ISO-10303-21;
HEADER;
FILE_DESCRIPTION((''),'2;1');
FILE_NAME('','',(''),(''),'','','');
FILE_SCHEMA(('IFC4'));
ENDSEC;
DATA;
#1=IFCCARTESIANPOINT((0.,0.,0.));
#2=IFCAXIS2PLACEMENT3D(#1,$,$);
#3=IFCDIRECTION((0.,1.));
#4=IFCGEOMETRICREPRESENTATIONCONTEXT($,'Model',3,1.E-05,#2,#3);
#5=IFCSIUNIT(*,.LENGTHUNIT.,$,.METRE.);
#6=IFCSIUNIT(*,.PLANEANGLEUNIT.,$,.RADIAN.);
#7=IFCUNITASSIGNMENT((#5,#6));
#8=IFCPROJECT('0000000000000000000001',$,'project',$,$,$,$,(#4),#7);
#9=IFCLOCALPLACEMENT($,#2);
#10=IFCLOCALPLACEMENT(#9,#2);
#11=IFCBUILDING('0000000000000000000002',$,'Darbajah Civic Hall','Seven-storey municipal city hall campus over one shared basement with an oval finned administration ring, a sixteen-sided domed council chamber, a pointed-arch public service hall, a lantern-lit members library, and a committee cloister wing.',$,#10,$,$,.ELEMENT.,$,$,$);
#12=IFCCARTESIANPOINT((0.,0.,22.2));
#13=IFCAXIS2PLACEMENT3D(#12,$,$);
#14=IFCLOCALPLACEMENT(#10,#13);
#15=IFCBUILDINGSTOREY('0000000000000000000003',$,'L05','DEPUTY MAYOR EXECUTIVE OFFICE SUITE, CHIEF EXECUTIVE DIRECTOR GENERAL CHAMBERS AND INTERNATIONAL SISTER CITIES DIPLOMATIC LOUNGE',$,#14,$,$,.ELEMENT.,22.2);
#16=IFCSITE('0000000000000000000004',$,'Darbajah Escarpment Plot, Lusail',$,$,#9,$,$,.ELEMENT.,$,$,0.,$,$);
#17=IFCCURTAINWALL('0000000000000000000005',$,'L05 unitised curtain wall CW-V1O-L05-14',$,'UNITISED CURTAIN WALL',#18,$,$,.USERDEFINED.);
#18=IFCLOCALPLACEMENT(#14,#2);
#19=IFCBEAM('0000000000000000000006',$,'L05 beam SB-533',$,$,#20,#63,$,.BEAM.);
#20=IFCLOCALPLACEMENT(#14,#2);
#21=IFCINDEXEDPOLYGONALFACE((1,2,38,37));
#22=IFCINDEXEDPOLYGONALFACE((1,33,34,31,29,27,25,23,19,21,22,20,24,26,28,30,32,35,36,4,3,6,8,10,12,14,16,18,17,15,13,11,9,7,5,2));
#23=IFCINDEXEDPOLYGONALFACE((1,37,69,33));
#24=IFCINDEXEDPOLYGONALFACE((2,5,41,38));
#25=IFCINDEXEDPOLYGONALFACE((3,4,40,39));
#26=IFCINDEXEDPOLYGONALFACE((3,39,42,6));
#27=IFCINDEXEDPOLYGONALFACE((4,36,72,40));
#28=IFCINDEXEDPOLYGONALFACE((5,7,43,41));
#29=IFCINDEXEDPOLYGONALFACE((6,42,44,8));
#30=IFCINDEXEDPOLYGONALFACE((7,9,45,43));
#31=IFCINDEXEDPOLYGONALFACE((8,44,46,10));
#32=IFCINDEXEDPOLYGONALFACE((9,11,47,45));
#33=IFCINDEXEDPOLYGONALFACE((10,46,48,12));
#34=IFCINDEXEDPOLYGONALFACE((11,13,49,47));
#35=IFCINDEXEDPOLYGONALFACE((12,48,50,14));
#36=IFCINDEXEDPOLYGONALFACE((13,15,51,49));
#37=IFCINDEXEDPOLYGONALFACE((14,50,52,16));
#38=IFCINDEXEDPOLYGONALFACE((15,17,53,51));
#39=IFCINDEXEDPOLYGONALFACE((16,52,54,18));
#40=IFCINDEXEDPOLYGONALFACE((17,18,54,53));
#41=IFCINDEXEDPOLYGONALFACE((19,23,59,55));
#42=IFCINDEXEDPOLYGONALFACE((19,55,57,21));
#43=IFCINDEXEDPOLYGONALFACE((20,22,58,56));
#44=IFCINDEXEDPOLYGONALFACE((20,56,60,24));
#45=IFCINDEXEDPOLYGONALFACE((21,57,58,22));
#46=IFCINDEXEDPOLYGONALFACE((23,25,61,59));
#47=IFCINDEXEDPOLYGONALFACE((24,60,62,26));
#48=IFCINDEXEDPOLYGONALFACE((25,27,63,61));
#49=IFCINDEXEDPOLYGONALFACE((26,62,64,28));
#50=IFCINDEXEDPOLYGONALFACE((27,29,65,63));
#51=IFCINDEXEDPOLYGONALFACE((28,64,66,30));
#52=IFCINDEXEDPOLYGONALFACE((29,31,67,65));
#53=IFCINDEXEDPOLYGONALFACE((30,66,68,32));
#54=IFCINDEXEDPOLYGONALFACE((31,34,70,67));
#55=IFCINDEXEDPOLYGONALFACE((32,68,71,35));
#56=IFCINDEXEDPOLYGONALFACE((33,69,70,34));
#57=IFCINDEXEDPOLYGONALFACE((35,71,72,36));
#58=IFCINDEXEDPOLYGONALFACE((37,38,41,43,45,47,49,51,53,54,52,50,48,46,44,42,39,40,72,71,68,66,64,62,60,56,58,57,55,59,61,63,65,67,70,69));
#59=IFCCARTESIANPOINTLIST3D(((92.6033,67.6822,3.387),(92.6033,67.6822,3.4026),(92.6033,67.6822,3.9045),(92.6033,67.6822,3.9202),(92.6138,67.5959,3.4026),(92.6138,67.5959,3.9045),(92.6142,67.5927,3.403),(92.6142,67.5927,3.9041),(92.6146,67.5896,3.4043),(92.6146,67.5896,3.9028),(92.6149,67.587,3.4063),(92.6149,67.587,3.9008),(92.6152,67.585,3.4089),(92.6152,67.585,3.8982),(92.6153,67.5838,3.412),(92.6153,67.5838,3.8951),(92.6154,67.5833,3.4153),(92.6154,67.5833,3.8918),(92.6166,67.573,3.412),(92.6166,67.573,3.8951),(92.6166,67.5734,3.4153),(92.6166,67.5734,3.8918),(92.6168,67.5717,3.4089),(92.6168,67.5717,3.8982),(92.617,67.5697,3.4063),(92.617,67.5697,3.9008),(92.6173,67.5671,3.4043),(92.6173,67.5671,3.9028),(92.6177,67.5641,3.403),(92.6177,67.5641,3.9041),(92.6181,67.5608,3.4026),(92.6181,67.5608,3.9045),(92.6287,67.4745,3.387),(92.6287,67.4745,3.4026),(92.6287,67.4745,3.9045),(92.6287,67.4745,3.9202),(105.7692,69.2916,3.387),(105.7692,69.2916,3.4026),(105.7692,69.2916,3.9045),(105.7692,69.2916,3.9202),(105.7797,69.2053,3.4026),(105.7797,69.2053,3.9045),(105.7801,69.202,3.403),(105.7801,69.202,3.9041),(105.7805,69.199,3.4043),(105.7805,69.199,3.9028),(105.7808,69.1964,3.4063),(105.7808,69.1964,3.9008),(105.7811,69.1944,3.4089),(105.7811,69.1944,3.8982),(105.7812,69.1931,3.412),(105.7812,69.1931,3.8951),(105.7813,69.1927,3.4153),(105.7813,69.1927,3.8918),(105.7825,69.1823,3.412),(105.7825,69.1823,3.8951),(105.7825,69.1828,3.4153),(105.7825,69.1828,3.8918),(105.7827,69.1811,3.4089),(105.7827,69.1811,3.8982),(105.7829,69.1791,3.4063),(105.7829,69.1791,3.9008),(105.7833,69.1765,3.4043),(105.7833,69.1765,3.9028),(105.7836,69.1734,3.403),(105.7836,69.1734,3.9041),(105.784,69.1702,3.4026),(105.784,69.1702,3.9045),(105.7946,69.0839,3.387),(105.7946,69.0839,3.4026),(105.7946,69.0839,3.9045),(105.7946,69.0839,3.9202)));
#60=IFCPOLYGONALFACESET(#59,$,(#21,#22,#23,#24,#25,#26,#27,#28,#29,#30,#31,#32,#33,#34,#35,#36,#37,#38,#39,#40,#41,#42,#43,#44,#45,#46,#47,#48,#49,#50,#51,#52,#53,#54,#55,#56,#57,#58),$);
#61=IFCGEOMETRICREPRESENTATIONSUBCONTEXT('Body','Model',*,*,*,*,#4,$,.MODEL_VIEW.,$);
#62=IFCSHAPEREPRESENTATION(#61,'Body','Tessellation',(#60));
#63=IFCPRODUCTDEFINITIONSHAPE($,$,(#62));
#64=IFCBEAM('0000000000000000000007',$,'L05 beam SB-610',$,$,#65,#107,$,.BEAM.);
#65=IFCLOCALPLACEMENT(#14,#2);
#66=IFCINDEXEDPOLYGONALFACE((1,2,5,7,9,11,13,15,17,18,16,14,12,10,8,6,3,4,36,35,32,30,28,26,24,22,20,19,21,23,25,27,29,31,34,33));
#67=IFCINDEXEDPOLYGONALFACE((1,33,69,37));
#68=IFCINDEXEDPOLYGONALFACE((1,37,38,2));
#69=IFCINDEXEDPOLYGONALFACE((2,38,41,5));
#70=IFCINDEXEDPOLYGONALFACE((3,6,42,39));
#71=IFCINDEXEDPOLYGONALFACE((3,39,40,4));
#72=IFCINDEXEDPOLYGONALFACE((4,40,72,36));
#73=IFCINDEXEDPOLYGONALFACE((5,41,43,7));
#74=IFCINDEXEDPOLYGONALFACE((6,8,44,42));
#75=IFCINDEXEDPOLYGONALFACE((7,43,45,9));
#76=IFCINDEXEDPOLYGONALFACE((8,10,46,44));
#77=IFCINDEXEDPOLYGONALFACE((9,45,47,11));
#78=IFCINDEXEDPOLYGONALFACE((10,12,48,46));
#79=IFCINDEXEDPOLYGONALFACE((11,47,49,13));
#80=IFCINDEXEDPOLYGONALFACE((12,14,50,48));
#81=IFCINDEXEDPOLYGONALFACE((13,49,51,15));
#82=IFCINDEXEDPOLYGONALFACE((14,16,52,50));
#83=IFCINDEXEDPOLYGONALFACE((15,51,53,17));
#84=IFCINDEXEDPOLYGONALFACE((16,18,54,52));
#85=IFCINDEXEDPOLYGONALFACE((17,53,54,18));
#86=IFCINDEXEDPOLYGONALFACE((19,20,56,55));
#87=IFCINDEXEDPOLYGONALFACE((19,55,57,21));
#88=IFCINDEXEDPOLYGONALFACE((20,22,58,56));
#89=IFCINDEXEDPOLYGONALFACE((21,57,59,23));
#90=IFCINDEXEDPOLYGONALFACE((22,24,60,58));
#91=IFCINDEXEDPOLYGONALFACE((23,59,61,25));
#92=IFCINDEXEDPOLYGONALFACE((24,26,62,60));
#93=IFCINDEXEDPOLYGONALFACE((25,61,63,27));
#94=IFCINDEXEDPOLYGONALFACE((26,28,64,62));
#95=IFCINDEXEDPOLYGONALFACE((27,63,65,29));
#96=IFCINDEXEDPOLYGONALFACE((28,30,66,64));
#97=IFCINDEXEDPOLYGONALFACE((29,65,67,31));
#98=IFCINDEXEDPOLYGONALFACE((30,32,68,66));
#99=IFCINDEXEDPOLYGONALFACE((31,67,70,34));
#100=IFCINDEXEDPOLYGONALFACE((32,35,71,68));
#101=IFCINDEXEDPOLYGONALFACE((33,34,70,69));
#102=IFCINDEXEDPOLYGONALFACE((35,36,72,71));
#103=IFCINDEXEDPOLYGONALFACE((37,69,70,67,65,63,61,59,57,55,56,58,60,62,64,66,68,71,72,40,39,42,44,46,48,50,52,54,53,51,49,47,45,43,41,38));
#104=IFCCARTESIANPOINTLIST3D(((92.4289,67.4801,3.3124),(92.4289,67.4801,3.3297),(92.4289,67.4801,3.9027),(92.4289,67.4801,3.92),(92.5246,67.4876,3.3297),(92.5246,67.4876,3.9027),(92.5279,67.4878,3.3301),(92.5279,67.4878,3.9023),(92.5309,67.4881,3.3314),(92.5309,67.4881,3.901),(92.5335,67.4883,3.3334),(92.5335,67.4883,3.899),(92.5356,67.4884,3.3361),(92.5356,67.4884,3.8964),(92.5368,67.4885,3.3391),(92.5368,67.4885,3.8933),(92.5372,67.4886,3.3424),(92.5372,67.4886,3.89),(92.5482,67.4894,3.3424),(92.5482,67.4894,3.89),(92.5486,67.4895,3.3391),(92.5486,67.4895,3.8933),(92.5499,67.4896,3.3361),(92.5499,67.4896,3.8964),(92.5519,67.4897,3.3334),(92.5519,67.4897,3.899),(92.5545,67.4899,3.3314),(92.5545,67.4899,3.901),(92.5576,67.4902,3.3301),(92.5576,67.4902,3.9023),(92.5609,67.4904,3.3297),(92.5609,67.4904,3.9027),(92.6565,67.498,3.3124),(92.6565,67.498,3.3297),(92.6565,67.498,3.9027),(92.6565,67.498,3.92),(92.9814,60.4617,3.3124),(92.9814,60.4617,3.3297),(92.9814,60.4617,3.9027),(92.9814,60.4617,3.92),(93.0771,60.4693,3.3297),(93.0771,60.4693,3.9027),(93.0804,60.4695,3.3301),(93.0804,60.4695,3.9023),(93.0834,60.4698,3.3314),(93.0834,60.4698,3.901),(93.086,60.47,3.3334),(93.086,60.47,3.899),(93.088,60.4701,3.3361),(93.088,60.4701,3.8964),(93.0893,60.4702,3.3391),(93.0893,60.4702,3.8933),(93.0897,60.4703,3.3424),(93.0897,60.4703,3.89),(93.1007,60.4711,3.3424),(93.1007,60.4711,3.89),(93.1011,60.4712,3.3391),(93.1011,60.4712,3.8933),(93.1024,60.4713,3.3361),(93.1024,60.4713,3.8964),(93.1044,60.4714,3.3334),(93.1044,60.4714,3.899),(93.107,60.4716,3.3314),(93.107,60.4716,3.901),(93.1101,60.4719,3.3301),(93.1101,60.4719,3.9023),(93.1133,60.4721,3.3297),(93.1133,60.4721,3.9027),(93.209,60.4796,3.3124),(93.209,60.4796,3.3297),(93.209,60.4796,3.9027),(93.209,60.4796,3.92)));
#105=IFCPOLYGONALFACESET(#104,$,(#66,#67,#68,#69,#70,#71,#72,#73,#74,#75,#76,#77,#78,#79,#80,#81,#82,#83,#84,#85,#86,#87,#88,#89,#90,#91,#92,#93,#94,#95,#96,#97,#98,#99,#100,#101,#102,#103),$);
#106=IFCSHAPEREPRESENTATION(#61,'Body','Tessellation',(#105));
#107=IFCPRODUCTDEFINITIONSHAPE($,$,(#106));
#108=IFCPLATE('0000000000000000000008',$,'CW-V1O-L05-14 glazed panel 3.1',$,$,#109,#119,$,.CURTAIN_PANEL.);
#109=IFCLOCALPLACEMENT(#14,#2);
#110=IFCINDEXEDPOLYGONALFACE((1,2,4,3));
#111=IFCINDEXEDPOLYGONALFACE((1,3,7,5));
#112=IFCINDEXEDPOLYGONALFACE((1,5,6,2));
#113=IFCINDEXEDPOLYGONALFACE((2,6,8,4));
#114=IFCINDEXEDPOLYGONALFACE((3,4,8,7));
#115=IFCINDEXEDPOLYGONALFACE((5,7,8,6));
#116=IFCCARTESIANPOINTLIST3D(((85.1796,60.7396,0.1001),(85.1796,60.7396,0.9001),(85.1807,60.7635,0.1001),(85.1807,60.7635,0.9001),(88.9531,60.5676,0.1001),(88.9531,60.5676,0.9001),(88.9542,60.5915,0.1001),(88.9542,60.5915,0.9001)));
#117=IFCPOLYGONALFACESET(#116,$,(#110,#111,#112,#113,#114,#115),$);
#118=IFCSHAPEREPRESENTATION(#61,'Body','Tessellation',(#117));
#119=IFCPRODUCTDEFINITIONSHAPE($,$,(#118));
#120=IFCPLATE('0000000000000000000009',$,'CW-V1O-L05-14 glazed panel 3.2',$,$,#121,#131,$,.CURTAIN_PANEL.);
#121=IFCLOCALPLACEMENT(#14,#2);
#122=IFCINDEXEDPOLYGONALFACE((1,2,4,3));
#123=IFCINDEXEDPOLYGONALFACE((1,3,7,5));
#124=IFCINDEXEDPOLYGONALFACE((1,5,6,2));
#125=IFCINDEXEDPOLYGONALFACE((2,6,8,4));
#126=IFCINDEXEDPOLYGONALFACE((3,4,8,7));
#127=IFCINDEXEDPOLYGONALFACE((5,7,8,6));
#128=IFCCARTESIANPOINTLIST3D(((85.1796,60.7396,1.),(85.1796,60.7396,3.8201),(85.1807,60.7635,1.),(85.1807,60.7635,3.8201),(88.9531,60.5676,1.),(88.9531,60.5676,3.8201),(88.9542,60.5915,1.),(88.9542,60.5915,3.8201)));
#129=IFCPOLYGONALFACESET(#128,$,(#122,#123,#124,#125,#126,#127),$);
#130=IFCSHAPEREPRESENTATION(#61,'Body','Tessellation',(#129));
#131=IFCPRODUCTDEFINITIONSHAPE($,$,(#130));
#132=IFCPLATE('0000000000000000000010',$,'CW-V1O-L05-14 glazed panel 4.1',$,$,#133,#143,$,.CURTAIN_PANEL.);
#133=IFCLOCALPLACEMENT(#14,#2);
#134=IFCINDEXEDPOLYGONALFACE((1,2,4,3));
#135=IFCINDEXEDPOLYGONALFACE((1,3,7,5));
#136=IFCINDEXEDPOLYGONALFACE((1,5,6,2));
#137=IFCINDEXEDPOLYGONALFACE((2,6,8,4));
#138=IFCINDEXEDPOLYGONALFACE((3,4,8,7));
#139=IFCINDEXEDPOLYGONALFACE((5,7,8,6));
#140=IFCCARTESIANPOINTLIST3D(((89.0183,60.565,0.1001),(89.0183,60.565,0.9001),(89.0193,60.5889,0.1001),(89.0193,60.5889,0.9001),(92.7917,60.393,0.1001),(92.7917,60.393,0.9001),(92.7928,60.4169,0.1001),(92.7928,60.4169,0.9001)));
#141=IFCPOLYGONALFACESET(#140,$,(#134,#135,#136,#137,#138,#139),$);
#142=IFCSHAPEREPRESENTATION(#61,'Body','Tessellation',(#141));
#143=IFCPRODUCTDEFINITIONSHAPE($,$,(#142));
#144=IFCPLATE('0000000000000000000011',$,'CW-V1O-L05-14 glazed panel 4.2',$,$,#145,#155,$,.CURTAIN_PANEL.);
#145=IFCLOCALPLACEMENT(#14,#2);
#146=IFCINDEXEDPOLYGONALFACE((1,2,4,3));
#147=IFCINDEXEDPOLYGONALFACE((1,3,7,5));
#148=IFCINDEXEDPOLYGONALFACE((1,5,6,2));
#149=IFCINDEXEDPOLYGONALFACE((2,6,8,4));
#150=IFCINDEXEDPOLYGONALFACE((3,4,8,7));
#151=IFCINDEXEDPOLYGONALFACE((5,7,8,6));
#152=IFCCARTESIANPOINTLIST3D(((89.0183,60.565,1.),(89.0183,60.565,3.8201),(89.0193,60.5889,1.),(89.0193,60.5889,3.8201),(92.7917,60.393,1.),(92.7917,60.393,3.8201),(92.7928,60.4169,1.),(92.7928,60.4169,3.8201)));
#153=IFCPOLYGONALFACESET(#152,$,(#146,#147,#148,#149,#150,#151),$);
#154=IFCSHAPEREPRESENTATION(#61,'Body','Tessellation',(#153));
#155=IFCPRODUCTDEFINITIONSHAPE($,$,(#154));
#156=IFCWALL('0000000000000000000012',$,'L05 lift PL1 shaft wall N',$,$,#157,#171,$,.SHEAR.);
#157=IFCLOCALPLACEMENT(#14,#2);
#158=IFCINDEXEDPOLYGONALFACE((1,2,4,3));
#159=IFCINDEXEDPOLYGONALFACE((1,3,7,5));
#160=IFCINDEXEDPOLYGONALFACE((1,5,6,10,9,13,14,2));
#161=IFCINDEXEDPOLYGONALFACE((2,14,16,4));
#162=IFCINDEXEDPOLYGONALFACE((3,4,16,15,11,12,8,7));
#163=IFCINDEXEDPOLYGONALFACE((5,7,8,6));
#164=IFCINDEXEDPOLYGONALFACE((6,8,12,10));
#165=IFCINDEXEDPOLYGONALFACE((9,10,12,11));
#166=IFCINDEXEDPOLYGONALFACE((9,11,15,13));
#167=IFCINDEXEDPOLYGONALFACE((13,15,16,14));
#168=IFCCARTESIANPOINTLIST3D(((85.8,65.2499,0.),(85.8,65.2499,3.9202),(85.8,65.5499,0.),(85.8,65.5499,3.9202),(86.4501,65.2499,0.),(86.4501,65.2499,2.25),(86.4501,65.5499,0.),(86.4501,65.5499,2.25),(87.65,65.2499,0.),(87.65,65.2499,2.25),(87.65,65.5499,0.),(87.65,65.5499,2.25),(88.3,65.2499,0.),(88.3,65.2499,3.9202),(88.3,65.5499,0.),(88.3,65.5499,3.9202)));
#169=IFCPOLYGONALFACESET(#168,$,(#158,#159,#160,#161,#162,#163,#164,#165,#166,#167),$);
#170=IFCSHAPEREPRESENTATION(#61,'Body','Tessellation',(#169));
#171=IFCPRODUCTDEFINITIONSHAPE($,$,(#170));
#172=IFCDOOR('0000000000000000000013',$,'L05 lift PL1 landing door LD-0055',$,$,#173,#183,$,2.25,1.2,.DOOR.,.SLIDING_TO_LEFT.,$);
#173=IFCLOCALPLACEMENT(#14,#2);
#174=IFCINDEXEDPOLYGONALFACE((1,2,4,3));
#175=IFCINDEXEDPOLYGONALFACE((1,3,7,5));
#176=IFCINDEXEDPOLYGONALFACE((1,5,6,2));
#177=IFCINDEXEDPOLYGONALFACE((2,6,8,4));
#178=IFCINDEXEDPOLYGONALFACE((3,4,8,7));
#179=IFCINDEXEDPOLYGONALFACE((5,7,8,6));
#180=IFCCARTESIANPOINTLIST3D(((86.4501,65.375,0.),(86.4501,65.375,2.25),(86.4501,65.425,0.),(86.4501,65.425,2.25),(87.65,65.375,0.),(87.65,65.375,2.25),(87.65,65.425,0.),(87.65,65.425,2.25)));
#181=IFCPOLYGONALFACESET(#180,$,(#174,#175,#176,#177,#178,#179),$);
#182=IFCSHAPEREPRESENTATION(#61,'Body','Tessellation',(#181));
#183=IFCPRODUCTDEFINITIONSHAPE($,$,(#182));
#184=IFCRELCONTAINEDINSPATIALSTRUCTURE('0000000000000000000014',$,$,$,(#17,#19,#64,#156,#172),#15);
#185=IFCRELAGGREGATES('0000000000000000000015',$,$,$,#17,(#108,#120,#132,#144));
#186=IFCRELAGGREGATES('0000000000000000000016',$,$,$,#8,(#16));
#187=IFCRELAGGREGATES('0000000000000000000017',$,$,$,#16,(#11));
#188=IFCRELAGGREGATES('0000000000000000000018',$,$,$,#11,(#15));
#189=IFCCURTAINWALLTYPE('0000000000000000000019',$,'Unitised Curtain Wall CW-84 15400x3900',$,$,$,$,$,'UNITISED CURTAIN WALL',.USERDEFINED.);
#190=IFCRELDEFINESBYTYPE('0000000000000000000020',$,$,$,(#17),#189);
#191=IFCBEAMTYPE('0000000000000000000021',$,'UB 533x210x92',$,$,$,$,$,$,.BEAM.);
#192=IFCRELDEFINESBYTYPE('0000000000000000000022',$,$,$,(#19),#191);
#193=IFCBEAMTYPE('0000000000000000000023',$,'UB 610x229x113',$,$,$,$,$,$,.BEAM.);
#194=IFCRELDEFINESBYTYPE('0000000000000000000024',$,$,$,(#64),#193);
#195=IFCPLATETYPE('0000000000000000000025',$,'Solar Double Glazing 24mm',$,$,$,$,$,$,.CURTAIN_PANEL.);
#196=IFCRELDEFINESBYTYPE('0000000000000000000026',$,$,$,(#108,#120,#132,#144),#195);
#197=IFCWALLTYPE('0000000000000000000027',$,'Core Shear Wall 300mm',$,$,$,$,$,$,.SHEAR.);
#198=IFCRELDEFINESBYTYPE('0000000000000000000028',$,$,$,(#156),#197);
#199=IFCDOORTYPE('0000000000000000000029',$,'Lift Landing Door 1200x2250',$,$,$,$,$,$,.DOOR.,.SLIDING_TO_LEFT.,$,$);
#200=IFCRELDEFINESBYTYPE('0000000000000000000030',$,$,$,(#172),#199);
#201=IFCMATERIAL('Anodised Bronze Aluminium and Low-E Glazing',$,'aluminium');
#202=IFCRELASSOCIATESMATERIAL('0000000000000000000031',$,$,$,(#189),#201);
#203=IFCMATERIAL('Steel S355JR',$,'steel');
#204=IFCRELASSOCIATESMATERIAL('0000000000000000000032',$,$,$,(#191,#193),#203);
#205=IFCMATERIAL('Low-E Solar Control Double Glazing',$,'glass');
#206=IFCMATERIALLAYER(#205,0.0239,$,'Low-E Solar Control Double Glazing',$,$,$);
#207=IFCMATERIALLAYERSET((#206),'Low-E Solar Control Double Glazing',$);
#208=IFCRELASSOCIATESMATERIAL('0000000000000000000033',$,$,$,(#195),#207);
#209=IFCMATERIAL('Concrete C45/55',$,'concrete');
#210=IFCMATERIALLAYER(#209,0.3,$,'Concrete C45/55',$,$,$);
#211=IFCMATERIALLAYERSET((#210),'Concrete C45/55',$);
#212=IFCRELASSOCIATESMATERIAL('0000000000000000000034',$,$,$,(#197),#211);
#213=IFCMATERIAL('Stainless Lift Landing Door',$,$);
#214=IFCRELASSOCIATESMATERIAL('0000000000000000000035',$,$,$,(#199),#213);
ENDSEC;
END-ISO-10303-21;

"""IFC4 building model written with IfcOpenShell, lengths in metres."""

from ifc_helpers import new_model, si_unit, direction, frame, frame_2d, origin, origin_2d, place, context, subcontext, project, spatial, rectangle, i_section, extrude, material, layer, layer_set, material_profile, profile_set, type_object, element, fill, aggregate, save


model = new_model("IFC4")

# Units and contexts
model_context = context("Model", 3, precision=1e-05, world=origin(), true_north=direction((0.0, 1.0)))
body_context = subcontext(model_context, "Body", "Model", "MODEL_VIEW")
ifc_project = project(units=[si_unit("LENGTHUNIT", "METRE"), si_unit("PLANEANGLEUNIT", "RADIAN")], contexts=[model_context])

# Site, building, storey
site_placement = place(None, origin())
site = spatial("IfcSite", under=ifc_project, at=site_placement, Name="Darbajah Escarpment Plot, Lusail", CompositionType="ELEMENT", RefElevation=0.0)
building_placement = place(site_placement, origin())
building = spatial("IfcBuilding", under=site, at=building_placement, Name="Darbajah Civic Hall", Description="Seven-storey municipal city hall campus over one shared basement with an oval finned administration ring, a sixteen-sided domed council chamber, a pointed-arch public service hall, a lantern-lit members library, and a committee cloister wing.", CompositionType="ELEMENT")
storey_placement = place(building_placement, frame((0.0, 0.0, 22.2)))
storey = spatial("IfcBuildingStorey", under=building, at=storey_placement, Name="L05", Description="DEPUTY MAYOR EXECUTIVE OFFICE SUITE, CHIEF EXECUTIVE DIRECTOR GENERAL CHAMBERS AND INTERNATIONAL SISTER CITIES DIPLOMATIC LOUNGE", CompositionType="ELEMENT", Elevation=22.2)

# Shared definitions
ifc_material_1 = material(Name="Concrete C45/55", Category="concrete")

# Curtain wall
ifc_material_2 = material(Name="Anodised Bronze Aluminium and Low-E Glazing", Category="aluminium")
curtain_wall_type_1 = type_object("IfcCurtainWallType", Name="Unitised Curtain Wall CW-84 15400x3900", ElementType="UNITISED CURTAIN WALL", PredefinedType="USERDEFINED", material=ifc_material_2)
curtain_wall_1_placement = place(storey_placement, origin())
curtain_wall_1 = element("IfcCurtainWall", 1, at=curtain_wall_1_placement, inside=storey, type_object=curtain_wall_type_1, Name="L05 unitised curtain wall CW-V1O-L05-14", ObjectType="UNITISED CURTAIN WALL", PredefinedType="USERDEFINED")

# Beams
ifc_material_3 = material(Name="Steel S355JR", Category="steel")
ifc_material_profile_1 = material_profile(ifc_material_3, i_section(OverallWidth=0.2092, OverallDepth=0.5332, WebThickness=0.01, FlangeThickness=0.0156, FilletRadius=0.0127, at=origin_2d()), Name="UB 533x210x92")
ifc_profile_set_1 = profile_set([ifc_material_profile_1], Name="Steel S355JR")
beam_type_1 = type_object("IfcBeamType", Name="UB 533x210x92", PredefinedType="BEAM", material=ifc_profile_set_1)
beam_1_placement = place(storey_placement, frame((92.616, 67.5784, 3.6536), z_axis=(0.992612, 0.121334, 0.0), x_axis=(-0.121334, 0.992612, 0.0)))
element("IfcBeam", 2, at=beam_1_placement, inside=storey, type_object=beam_type_1, Name="L05 beam SB-533", PredefinedType="BEAM", context=body_context, shape_type="SweptSolid", body=[
    extrude(i_section(OverallWidth=0.2092, OverallDepth=0.5332, WebThickness=0.01, FlangeThickness=0.0156, FilletRadius=0.0127, at=origin_2d()), origin(), (0.0, 0.0, 1.0), 13.2639),
])
ifc_material_profile_2 = material_profile(ifc_material_3, i_section(OverallWidth=0.2283, OverallDepth=0.6077, WebThickness=0.011, FlangeThickness=0.0173, FilletRadius=0.0127, at=origin_2d()), Name="UB 610x229x113")
ifc_profile_set_2 = profile_set([ifc_material_profile_2], Name="Steel S355JR")
beam_type_2 = type_object("IfcBeamType", Name="UB 610x229x113", PredefinedType="BEAM", material=ifc_profile_set_2)
beam_2_placement = place(storey_placement, frame((92.5427, 67.489, 3.6162), z_axis=(0.078478, -0.996916, 0.0), x_axis=(0.996916, 0.078478, 0.0)))
element("IfcBeam", 3, at=beam_2_placement, inside=storey, type_object=beam_type_2, Name="L05 beam SB-610", PredefinedType="BEAM", context=body_context, shape_type="SweptSolid", body=[
    extrude(i_section(OverallWidth=0.2283, OverallDepth=0.6077, WebThickness=0.011, FlangeThickness=0.0173, FilletRadius=0.0127, at=origin_2d()), origin(), (0.0, 0.0, 1.0), 7.04),
])

# Plates
ifc_material_4 = material(Name="Low-E Solar Control Double Glazing", Category="glass")
ifc_layer_1 = layer(ifc_material_4, 0.0239, Name="Low-E Solar Control Double Glazing")
ifc_layer_set_1 = layer_set([ifc_layer_1], Name="Low-E Solar Control Double Glazing")
plate_type = type_object("IfcPlateType", Name="Solar Double Glazing 24mm", PredefinedType="CURTAIN_PANEL", material=ifc_layer_set_1)
plate_1_placement = place(storey_placement, frame((87.0669, 60.6655, 0.1001), z_axis=(0.0, 0.0, 1.0), x_axis=(0.998963, -0.045537, 0.0)))
plate_1 = element("IfcPlate", 4, at=plate_1_placement, type_object=plate_type, Name="CW-V1O-L05-14 glazed panel 3.1", PredefinedType="CURTAIN_PANEL", context=body_context, shape_type="SweptSolid", body=[
    extrude(rectangle(XDim=3.7773, YDim=0.0239, at=origin_2d()), origin(), (0.0, 0.0, 1.0), 0.8),
])
plate_2_placement = place(storey_placement, frame((87.0669, 60.6655, 1.0), z_axis=(0.0, 0.0, 1.0), x_axis=(0.998963, -0.045537, 0.0)))
plate_2 = element("IfcPlate", 5, at=plate_2_placement, type_object=plate_type, Name="CW-V1O-L05-14 glazed panel 3.2", PredefinedType="CURTAIN_PANEL", context=body_context, shape_type="SweptSolid", body=[
    extrude(rectangle(XDim=3.7773, YDim=0.0239, at=origin_2d()), origin(), (0.0, 0.0, 1.0), 2.8201),
])
plate_3_placement = place(storey_placement, frame((90.9055, 60.491, 0.1001), z_axis=(0.0, 0.0, 1.0), x_axis=(0.998963, -0.045537, 0.0)))
plate_3 = element("IfcPlate", 6, at=plate_3_placement, type_object=plate_type, Name="CW-V1O-L05-14 glazed panel 4.1", PredefinedType="CURTAIN_PANEL", context=body_context, shape_type="SweptSolid", body=[
    extrude(rectangle(XDim=3.7773, YDim=0.0239, at=origin_2d()), origin(), (0.0, 0.0, 1.0), 0.8),
])
plate_4_placement = place(storey_placement, frame((90.9055, 60.491, 1.0), z_axis=(0.0, 0.0, 1.0), x_axis=(0.998963, -0.045537, 0.0)))
plate_4 = element("IfcPlate", 7, at=plate_4_placement, type_object=plate_type, Name="CW-V1O-L05-14 glazed panel 4.2", PredefinedType="CURTAIN_PANEL", context=body_context, shape_type="SweptSolid", body=[
    extrude(rectangle(XDim=3.7773, YDim=0.0239, at=origin_2d()), origin(), (0.0, 0.0, 1.0), 2.8201),
])
aggregate(curtain_wall_1, [plate_1, plate_2, plate_3, plate_4])

# Wall, opening, door
ifc_layer_2 = layer(ifc_material_1, 0.3, Name="Concrete C45/55")
ifc_layer_set_2 = layer_set([ifc_layer_2], Name="Concrete C45/55")
wall_type = type_object("IfcWallType", Name="Core Shear Wall 300mm", PredefinedType="SHEAR", material=ifc_layer_set_2)
wall_1_placement = place(storey_placement, frame((88.3, 65.3999, 0.0), z_axis=(0.0, 0.0, 1.0), x_axis=(-1.0, 0.0, 0.0)))
wall_1 = element("IfcWall", 8, at=wall_1_placement, inside=storey, type_object=wall_type, Name="L05 lift PL1 shaft wall N", PredefinedType="SHEAR", context=body_context, shape_type="SweptSolid", body=[
    extrude(rectangle(XDim=2.5, YDim=0.3, at=frame_2d((1.25, 0.0))), origin(), (0.0, 0.0, 1.0), 3.9202),
])
opening_placement = place(wall_1_placement, frame((0.6499, 0.0, 0.0)))
opening = element("IfcOpeningElement", 9, at=opening_placement, cuts=wall_1, PredefinedType="OPENING", context=body_context, shape_type="SweptSolid", body=[
    extrude(rectangle(XDim=1.2, YDim=2.25, at=frame_2d((0.6001, 1.125))), frame((0.0, 0.1599, 0.0), z_axis=(0.0, -1.0, 0.0), x_axis=(1.0, 0.0, 0.0)), (0.0, 0.0, 1.0), 0.3201),
])
ifc_material_5 = material(Name="Stainless Lift Landing Door")
door_type = type_object("IfcDoorType", Name="Lift Landing Door 1200x2250", OperationType="SLIDING_TO_LEFT", PredefinedType="DOOR", material=ifc_material_5)
door_placement = place(opening_placement, origin())
door = element("IfcDoor", 10, at=door_placement, inside=storey, type_object=door_type, Name="L05 lift PL1 landing door LD-0055", OperationType="SLIDING_TO_LEFT", OverallHeight=2.25, OverallWidth=1.2, PredefinedType="DOOR", context=body_context, shape_type="SweptSolid", body=[
    extrude(rectangle(XDim=1.2, YDim=2.25, at=frame_2d((0.6001, 1.125))), frame((0.0, 0.0249, 0.0), z_axis=(0.0, -1.0, 0.0), x_axis=(1.0, 0.0, 0.0)), (0.0, 0.0, 1.0), 0.05),
])
fill(opening, door)

save(model, "model.ifc")
